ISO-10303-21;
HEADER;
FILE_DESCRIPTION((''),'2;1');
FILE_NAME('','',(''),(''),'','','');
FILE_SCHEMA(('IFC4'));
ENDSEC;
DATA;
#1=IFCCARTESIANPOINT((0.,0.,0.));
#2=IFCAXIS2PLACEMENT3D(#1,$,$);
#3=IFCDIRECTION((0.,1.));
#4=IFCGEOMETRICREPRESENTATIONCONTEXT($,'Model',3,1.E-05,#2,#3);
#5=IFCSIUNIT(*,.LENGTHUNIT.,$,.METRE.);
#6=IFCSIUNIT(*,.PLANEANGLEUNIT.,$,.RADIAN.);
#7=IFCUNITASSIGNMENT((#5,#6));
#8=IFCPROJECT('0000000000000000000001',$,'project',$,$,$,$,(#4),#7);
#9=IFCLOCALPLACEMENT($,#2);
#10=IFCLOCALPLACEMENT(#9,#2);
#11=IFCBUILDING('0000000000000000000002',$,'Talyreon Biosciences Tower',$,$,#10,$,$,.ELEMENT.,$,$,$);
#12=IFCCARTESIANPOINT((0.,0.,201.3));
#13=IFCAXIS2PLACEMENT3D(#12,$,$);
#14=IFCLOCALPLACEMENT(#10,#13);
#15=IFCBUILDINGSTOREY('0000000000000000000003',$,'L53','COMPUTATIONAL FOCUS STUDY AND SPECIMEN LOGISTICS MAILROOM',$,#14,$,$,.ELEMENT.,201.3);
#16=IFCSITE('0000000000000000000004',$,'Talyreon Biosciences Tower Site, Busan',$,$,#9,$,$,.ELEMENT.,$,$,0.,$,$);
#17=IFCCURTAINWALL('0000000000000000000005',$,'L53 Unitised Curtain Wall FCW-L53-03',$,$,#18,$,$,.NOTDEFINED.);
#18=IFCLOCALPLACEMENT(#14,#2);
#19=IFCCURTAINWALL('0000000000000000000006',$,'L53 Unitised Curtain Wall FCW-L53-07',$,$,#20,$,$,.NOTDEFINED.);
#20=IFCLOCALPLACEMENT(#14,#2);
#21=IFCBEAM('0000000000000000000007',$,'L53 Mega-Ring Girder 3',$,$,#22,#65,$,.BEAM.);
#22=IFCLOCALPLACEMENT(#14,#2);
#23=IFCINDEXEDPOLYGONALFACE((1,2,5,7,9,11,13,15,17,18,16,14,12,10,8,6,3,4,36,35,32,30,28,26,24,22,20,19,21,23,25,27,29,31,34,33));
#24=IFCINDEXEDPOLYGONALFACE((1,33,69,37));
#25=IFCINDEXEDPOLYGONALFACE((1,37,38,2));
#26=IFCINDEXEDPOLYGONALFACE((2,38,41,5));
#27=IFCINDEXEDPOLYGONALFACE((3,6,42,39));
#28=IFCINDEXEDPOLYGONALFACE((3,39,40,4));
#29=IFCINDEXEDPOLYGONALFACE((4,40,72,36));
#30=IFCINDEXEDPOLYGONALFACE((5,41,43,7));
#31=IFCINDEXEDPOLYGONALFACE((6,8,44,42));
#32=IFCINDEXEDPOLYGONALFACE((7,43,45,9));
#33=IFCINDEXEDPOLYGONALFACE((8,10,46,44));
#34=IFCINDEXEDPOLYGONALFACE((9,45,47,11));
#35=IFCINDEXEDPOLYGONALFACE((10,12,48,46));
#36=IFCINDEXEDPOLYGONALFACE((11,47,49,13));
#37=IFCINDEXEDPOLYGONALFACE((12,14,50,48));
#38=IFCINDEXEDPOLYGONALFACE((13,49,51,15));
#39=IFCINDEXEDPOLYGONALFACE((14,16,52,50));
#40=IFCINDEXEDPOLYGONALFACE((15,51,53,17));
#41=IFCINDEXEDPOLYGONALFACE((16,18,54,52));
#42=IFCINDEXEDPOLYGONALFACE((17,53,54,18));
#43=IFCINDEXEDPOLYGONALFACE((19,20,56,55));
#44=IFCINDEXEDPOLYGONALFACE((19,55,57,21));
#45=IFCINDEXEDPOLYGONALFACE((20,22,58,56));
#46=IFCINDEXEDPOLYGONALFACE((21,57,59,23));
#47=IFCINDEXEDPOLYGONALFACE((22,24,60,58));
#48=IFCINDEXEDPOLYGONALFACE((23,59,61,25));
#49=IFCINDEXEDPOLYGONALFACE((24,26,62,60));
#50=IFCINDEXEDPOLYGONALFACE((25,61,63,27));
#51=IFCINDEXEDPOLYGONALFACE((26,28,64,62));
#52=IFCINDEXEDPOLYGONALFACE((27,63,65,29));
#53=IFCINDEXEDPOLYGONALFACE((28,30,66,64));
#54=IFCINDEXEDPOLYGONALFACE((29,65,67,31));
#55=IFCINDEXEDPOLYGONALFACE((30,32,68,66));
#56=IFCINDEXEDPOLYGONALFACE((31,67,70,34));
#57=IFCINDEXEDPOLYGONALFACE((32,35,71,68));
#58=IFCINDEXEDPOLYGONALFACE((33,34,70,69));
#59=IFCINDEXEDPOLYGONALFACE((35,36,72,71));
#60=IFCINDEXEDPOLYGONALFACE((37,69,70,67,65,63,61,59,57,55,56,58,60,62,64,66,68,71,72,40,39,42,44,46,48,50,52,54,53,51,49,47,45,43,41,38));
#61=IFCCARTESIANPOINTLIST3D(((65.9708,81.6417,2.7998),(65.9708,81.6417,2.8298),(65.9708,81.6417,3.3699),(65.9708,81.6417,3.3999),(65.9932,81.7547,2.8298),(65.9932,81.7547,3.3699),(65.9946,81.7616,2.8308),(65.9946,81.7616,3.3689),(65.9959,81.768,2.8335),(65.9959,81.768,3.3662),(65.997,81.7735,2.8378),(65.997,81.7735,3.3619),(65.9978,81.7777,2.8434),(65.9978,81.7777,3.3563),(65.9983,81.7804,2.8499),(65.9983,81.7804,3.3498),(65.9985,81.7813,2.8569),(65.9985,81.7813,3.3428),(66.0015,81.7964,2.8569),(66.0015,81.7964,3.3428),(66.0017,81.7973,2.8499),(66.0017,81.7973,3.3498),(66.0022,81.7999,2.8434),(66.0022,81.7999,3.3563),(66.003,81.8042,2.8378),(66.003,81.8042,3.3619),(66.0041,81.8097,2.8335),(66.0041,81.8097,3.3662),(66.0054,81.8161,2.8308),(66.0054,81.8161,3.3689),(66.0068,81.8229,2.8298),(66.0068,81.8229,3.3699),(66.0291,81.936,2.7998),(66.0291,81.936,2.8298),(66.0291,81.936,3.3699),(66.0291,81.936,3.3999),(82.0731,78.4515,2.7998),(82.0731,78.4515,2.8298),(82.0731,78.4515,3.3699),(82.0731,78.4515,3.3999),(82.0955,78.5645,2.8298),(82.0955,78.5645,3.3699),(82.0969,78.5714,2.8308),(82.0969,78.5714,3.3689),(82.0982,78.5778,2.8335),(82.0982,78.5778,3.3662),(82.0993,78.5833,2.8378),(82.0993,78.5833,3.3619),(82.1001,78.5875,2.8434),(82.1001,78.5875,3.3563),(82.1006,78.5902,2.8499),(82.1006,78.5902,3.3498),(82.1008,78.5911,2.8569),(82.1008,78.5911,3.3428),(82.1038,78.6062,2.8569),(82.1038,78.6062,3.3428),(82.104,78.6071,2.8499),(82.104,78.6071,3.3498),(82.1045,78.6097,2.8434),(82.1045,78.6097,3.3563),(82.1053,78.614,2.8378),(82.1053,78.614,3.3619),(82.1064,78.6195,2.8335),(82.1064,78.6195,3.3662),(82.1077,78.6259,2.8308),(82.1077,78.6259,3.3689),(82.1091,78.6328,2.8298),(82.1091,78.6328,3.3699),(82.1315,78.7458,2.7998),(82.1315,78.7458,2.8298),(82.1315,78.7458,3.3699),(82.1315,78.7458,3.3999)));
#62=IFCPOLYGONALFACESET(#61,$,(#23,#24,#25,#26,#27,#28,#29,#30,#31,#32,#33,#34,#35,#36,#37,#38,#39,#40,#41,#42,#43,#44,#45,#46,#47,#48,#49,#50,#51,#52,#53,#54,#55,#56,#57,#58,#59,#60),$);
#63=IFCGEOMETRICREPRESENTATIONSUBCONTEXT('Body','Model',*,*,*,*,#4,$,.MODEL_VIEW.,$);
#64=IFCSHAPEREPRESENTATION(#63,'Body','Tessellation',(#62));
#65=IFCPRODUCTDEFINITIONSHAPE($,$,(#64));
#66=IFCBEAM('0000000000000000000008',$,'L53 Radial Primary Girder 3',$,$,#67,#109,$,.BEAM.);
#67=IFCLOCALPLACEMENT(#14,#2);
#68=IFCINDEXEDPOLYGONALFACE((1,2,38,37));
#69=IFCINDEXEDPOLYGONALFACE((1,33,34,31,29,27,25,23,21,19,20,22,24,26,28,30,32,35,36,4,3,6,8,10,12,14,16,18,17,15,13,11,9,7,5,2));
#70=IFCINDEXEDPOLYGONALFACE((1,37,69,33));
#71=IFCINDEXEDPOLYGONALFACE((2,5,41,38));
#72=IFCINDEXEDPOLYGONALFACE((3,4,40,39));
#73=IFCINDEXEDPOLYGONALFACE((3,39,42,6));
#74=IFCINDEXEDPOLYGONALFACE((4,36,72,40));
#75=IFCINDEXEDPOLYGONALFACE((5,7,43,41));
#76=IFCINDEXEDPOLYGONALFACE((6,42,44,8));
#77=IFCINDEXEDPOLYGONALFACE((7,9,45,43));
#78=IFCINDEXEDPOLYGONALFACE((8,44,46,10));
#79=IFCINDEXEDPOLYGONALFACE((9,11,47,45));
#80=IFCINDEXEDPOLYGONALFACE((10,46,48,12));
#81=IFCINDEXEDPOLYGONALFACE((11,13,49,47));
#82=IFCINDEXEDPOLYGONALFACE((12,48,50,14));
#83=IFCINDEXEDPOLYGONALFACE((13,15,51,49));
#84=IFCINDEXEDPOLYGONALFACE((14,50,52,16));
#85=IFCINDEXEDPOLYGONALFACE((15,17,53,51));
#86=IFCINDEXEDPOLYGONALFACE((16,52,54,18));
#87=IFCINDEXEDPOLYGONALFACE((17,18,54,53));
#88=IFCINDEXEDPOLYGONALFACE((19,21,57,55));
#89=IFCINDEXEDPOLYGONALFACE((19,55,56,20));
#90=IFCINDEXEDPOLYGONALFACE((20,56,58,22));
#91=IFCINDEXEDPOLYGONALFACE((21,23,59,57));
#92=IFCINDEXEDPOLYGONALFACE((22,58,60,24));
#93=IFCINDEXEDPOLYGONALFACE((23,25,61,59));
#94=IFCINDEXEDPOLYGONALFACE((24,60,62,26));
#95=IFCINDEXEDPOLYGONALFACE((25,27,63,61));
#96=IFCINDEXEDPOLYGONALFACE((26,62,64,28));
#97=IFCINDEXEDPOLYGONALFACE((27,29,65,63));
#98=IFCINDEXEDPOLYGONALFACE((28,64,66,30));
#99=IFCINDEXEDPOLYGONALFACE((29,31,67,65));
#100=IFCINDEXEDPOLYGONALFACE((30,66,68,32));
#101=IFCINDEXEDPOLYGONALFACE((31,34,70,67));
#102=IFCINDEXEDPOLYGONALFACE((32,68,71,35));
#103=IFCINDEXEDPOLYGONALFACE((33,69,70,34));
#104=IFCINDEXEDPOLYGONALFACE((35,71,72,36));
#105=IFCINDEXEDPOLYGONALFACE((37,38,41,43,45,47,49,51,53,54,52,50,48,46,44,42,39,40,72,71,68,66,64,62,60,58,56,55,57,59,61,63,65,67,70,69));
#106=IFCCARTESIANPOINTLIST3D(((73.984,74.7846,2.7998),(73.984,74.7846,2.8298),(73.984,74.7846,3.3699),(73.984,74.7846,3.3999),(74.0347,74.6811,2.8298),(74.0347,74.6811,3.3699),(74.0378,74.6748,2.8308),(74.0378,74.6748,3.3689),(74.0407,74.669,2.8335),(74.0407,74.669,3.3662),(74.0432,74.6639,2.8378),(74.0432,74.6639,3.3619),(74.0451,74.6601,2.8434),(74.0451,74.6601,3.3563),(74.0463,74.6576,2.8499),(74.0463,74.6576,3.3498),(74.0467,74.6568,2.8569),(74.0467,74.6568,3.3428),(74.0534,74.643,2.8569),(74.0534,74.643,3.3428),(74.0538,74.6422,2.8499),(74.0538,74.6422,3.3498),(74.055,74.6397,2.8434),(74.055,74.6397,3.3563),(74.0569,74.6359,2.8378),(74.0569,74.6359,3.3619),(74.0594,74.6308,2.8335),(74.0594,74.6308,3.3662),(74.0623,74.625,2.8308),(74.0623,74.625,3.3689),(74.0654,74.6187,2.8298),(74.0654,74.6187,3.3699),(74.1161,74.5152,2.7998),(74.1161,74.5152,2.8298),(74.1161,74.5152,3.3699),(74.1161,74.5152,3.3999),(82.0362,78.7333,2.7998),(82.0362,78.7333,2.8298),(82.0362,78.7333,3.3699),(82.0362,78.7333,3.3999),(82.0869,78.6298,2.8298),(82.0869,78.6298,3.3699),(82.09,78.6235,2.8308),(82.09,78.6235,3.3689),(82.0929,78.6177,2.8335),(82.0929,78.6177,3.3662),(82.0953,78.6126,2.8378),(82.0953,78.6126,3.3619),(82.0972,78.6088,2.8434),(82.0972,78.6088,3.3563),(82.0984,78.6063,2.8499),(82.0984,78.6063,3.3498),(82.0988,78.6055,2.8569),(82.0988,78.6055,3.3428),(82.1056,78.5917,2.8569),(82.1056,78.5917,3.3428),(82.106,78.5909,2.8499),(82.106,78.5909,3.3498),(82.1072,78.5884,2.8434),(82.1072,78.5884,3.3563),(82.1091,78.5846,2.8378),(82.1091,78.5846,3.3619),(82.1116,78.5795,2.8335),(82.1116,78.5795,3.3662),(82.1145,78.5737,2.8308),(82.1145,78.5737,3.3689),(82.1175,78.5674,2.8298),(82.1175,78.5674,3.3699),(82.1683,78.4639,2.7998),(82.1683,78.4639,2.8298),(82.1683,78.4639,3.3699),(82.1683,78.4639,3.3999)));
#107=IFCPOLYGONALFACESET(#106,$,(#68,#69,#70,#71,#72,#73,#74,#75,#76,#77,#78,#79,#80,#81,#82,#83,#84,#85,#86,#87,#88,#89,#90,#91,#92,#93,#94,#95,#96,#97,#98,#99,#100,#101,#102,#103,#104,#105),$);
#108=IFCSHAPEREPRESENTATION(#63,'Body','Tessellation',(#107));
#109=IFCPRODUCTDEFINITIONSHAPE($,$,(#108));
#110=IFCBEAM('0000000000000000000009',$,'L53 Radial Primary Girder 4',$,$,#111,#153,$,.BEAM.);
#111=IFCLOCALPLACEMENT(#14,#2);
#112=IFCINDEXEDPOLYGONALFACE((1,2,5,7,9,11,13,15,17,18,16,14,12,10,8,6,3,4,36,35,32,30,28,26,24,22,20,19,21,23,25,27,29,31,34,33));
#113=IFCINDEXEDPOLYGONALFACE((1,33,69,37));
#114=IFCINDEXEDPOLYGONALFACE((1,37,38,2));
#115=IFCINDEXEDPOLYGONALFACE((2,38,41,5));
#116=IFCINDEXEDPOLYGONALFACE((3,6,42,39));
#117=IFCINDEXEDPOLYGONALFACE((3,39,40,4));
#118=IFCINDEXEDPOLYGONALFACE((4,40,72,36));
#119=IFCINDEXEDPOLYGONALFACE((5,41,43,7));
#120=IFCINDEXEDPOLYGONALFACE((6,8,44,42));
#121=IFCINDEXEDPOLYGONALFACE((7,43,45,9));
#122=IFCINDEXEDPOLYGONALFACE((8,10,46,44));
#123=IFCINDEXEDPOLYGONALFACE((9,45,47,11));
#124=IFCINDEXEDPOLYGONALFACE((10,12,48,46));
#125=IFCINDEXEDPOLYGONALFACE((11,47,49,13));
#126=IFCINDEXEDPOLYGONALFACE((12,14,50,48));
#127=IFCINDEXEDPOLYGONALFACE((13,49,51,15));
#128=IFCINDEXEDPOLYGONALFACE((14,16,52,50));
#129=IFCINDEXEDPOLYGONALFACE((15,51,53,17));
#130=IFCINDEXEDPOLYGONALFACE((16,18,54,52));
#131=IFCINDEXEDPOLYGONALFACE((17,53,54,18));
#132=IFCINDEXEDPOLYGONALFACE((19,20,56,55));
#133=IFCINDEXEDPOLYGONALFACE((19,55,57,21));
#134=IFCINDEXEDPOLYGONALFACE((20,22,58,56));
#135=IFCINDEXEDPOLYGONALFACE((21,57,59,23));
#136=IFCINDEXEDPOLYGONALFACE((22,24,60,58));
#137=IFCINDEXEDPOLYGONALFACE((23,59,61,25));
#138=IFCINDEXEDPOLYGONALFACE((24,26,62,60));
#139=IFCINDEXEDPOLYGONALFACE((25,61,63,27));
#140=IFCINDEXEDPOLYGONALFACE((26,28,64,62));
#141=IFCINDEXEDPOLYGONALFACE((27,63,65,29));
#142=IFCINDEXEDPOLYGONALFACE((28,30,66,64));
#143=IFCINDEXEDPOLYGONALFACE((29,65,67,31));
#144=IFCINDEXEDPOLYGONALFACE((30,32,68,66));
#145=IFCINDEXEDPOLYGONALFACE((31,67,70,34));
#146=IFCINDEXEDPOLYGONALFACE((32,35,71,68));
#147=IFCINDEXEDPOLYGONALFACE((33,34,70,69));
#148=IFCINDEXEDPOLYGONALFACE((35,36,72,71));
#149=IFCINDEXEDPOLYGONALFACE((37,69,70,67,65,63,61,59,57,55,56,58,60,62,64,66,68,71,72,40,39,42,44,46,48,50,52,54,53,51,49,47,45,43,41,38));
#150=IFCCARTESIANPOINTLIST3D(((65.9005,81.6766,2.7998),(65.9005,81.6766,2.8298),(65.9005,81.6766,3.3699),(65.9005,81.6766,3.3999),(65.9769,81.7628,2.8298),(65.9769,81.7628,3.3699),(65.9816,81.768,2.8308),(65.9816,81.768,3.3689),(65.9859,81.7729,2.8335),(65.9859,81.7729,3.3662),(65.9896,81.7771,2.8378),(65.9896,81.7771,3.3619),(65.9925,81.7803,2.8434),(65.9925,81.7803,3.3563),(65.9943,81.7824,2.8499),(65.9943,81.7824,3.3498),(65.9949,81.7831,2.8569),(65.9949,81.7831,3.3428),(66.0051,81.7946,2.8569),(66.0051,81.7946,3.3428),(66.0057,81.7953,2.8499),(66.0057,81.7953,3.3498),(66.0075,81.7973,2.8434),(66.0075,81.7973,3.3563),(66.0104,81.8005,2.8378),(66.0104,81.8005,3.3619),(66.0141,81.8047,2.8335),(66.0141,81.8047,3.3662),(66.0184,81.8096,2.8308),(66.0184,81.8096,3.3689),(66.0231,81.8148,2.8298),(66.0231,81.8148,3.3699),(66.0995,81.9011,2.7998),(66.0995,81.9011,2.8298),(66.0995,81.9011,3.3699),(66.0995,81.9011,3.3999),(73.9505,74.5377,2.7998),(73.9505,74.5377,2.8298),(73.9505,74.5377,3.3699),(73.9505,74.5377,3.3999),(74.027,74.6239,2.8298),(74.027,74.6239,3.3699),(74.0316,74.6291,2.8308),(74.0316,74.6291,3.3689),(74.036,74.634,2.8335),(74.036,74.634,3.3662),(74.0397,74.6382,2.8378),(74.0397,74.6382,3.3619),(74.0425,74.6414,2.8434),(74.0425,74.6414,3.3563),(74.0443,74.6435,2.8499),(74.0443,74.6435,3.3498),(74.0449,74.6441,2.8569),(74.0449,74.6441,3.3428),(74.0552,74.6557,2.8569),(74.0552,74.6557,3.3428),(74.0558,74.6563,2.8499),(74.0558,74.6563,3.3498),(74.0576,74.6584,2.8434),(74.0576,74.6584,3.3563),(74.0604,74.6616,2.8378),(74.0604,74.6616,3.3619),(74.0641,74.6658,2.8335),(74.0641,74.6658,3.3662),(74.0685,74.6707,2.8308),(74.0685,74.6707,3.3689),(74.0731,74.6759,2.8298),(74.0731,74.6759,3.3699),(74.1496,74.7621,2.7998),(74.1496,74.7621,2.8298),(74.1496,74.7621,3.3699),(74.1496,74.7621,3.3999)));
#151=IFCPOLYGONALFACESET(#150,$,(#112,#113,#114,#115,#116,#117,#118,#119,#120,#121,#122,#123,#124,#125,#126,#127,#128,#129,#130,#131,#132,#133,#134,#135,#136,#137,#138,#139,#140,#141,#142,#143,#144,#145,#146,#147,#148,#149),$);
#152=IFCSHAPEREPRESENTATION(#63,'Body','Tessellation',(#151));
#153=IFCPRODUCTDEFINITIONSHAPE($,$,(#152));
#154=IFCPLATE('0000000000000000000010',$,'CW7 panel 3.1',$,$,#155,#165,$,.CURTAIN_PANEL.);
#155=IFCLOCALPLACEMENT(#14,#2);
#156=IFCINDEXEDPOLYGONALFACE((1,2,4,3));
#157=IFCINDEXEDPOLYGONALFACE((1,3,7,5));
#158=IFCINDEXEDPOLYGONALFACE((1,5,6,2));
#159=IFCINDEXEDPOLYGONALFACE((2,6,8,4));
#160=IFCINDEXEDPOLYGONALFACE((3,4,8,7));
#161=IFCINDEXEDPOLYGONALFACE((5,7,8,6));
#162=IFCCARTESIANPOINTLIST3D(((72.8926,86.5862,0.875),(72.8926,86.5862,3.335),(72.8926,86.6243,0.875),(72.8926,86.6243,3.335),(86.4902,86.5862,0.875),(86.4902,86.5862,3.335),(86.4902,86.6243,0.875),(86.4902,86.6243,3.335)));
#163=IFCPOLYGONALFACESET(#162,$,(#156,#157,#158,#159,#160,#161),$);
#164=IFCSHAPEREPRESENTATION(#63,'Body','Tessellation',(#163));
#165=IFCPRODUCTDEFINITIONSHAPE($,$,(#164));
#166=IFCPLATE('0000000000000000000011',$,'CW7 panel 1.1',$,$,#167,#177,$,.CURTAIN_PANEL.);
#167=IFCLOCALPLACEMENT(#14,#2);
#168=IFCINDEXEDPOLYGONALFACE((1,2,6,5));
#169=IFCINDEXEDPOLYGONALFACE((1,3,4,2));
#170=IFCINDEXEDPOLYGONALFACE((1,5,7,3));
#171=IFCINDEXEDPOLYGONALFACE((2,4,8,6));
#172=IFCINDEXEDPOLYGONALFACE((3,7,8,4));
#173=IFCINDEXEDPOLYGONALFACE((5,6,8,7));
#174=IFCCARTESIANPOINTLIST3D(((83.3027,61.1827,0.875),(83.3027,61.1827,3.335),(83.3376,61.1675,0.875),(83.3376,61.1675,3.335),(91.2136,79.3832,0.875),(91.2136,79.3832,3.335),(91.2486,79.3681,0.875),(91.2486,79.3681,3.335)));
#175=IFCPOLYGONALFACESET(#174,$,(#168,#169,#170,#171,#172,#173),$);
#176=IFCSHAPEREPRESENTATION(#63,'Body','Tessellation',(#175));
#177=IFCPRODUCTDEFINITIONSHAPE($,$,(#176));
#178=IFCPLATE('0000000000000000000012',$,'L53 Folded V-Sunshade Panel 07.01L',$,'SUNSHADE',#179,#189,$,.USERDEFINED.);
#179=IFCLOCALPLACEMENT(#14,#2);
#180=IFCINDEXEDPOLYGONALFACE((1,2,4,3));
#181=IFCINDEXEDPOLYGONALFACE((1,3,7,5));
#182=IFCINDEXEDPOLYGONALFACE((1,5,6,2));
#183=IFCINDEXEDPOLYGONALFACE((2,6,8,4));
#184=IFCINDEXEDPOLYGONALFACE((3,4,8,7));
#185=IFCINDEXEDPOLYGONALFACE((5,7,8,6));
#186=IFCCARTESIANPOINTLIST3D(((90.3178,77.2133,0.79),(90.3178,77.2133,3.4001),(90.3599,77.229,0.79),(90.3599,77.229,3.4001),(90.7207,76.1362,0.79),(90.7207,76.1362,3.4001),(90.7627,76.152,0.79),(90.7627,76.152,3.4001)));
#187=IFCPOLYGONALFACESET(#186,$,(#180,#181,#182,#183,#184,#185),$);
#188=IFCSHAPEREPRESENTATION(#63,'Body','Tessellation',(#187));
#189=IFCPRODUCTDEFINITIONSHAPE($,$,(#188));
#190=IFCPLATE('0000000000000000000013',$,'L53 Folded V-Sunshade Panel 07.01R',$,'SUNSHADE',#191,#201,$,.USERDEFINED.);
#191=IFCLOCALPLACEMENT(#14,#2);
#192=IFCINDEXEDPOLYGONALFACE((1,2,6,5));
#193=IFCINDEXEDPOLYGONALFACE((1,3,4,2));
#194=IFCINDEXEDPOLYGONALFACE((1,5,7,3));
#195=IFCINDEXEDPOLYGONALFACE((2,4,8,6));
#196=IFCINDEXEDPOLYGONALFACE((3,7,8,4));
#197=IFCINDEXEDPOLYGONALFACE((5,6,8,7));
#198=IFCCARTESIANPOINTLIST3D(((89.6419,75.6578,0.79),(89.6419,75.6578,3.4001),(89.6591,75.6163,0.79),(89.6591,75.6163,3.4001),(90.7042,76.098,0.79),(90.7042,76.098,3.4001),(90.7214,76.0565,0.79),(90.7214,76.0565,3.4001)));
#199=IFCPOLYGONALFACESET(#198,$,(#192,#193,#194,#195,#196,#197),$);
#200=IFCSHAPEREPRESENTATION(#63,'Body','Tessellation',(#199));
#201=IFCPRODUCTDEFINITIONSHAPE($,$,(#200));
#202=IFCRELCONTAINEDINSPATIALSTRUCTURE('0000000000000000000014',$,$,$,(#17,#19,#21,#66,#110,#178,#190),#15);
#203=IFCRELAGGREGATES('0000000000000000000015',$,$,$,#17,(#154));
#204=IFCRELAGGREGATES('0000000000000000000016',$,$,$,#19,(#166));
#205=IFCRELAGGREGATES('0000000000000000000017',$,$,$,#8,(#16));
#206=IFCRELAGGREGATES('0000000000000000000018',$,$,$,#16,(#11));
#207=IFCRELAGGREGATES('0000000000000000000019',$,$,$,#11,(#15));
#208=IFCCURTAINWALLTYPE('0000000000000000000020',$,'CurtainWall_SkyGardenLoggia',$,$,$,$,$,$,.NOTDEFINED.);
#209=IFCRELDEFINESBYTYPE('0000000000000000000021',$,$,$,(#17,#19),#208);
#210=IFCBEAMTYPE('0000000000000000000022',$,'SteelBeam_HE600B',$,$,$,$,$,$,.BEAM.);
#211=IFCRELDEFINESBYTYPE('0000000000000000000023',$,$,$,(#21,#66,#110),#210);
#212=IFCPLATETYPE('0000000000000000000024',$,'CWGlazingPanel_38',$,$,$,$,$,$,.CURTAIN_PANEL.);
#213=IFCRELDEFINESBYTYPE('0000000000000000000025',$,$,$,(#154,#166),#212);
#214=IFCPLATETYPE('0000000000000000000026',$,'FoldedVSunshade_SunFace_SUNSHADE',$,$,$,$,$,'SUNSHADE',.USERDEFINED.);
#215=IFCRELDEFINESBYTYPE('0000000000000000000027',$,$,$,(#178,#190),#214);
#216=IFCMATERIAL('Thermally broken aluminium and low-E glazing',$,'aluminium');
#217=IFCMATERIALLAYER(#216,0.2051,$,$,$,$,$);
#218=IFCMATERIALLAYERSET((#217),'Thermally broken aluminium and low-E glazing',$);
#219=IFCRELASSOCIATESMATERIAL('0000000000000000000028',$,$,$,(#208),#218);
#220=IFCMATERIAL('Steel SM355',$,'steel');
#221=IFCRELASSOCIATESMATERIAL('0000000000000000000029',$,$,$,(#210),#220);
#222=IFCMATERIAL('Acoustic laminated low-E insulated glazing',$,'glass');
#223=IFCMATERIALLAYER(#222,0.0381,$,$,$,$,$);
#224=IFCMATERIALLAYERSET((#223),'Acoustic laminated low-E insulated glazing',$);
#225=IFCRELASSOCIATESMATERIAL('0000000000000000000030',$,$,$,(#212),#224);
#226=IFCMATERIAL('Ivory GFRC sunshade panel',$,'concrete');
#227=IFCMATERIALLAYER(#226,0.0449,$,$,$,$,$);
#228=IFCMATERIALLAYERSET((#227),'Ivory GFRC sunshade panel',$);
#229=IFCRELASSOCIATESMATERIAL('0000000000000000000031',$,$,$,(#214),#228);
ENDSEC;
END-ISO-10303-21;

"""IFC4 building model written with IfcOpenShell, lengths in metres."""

from ifc_helpers import new_model, si_unit, direction, frame, origin, origin_2d, place, context, subcontext, project, spatial, rectangle, i_section, extrude, material, layer, layer_set, material_profile, profile_set, type_object, element, aggregate, save


model = new_model("IFC4")

# Units and contexts
model_context = context("Model", 3, precision=1e-05, world=origin(), true_north=direction((0.0, 1.0)))
body_context = subcontext(model_context, "Body", "Model", "MODEL_VIEW")
ifc_project = project(units=[si_unit("LENGTHUNIT", "METRE"), si_unit("PLANEANGLEUNIT", "RADIAN")], contexts=[model_context])

# Site, building, storey
site_placement = place(None, origin())
site = spatial("IfcSite", under=ifc_project, at=site_placement, Name="Talyreon Biosciences Tower Site, Busan", CompositionType="ELEMENT", RefElevation=0.0)
building_placement = place(site_placement, origin())
building = spatial("IfcBuilding", under=site, at=building_placement, Name="Talyreon Biosciences Tower", CompositionType="ELEMENT")
storey_placement = place(building_placement, frame((0.0, 0.0, 201.3)))
storey = spatial("IfcBuildingStorey", under=building, at=storey_placement, Name="L53", Description="COMPUTATIONAL FOCUS STUDY AND SPECIMEN LOGISTICS MAILROOM", CompositionType="ELEMENT", Elevation=201.3)

# Curtain wall
ifc_material_1 = material(Name="Thermally broken aluminium and low-E glazing", Category="aluminium")
ifc_layer_1 = layer(ifc_material_1, 0.2051)
ifc_layer_set_1 = layer_set([ifc_layer_1], Name="Thermally broken aluminium and low-E glazing")
curtain_wall_type = type_object("IfcCurtainWallType", Name="CurtainWall_SkyGardenLoggia", PredefinedType="NOTDEFINED", material=ifc_layer_set_1)
curtain_wall_1_placement = place(storey_placement, origin())
curtain_wall_1 = element("IfcCurtainWall", 1, at=curtain_wall_1_placement, inside=storey, type_object=curtain_wall_type, Name="L53 Unitised Curtain Wall FCW-L53-03", PredefinedType="NOTDEFINED")

# Curtain wall
curtain_wall_2_placement = place(storey_placement, origin())
curtain_wall_2 = element("IfcCurtainWall", 2, at=curtain_wall_2_placement, inside=storey, type_object=curtain_wall_type, Name="L53 Unitised Curtain Wall FCW-L53-07", PredefinedType="NOTDEFINED")

# Beams
ifc_material_2 = material(Name="Steel SM355", Category="steel")
ifc_material_profile_1 = material_profile(ifc_material_2, i_section(OverallWidth=0.3, OverallDepth=0.6001, WebThickness=0.0154, FlangeThickness=0.03, FilletRadius=0.0271, at=origin_2d()), Name="HE600B")
ifc_profile_set_1 = profile_set([ifc_material_profile_1], Name="Steel SM355")
beam_type_1 = type_object("IfcBeamType", Name="SteelBeam_HE600B", PredefinedType="BEAM", material=ifc_profile_set_1)
beam_1_placement = place(storey_placement, frame((82.1023, 78.5986, 3.0999), z_axis=(-0.980934, 0.194343, 0.0), x_axis=(-0.194343, -0.980934, 0.0)))
element("IfcBeam", 3, at=beam_1_placement, inside=storey, type_object=beam_type_1, Name="L53 Mega-Ring Girder 3", PredefinedType="BEAM", context=body_context, shape_type="SweptSolid", body=[
    extrude(i_section(OverallWidth=0.3, OverallDepth=0.6001, WebThickness=0.0154, FlangeThickness=0.03, FilletRadius=0.0271, at=origin_2d()), origin(), (0.0, 0.0, 1.0), 16.4153),
])
beam_2_placement = place(storey_placement, frame((74.05, 74.6499, 3.0999), z_axis=(0.897852, 0.440297, 0.0), x_axis=(-0.440297, 0.897852, 0.0)))
element("IfcBeam", 4, at=beam_2_placement, inside=storey, type_object=beam_type_1, Name="L53 Radial Primary Girder 3", PredefinedType="BEAM", context=body_context, shape_type="SweptSolid", body=[
    extrude(i_section(OverallWidth=0.3, OverallDepth=0.6001, WebThickness=0.0154, FlangeThickness=0.03, FilletRadius=0.0271, at=origin_2d()), origin(), (0.0, 0.0, 1.0), 8.9683),
])
beam_3_placement = place(storey_placement, frame((74.05, 74.6499, 3.0999), z_axis=(-0.748179, 0.663497, 0.0), x_axis=(-0.663497, -0.748179, 0.0)))
element("IfcBeam", 5, at=beam_3_placement, inside=storey, type_object=beam_type_1, Name="L53 Radial Primary Girder 4", PredefinedType="BEAM", context=body_context, shape_type="SweptSolid", body=[
    extrude(i_section(OverallWidth=0.3, OverallDepth=0.6001, WebThickness=0.0154, FlangeThickness=0.03, FilletRadius=0.0271, at=origin_2d()), origin(), (0.0, 0.0, 1.0), 10.7595),
])

# Plates
ifc_material_3 = material(Name="Acoustic laminated low-E insulated glazing", Category="glass")
ifc_layer_2 = layer(ifc_material_3, 0.0381)
ifc_layer_set_2 = layer_set([ifc_layer_2], Name="Acoustic laminated low-E insulated glazing")
plate_type_1 = type_object("IfcPlateType", Name="CWGlazingPanel_38", PredefinedType="CURTAIN_PANEL", material=ifc_layer_set_2)
plate_1_placement = place(storey_placement, frame((79.6914, 86.6052, 0.875), z_axis=(0.0, 0.0, 1.0), x_axis=(1.0, 0.0, 0.0)))
plate_1 = element("IfcPlate", 6, at=plate_1_placement, type_object=plate_type_1, Name="CW7 panel 3.1", PredefinedType="CURTAIN_PANEL", context=body_context, shape_type="SweptSolid", body=[
    extrude(rectangle(XDim=13.5977, YDim=0.0381, at=origin_2d()), origin(), (0.0, 0.0, 1.0), 2.46),
])
aggregate(curtain_wall_1, [plate_1])
plate_2_placement = place(storey_placement, frame((87.2756, 70.2754, 0.875), z_axis=(0.0, 0.0, 1.0), x_axis=(-0.398628, -0.917113, 0.0)))
plate_2 = element("IfcPlate", 7, at=plate_2_placement, type_object=plate_type_1, Name="CW7 panel 1.1", PredefinedType="CURTAIN_PANEL", context=body_context, shape_type="SweptSolid", body=[
    extrude(rectangle(XDim=19.8455, YDim=0.0381, at=origin_2d()), origin(), (0.0, 0.0, 1.0), 2.46),
])
aggregate(curtain_wall_2, [plate_2])

# Plates
ifc_material_4 = material(Name="Ivory GFRC sunshade panel", Category="concrete")
ifc_layer_3 = layer(ifc_material_4, 0.0449)
ifc_layer_set_3 = layer_set([ifc_layer_3], Name="Ivory GFRC sunshade panel")
plate_type_2 = type_object("IfcPlateType", Name="FoldedVSunshade_SunFace_SUNSHADE", ElementType="SUNSHADE", PredefinedType="USERDEFINED", material=ifc_layer_set_3)
for number, where, z_axis, x_axis, name in (
    (8, (90.5403, 76.6826, 0.79), (0.0, 0.0, 1.0), (0.350338, -0.936623, 0.0), "L53 Folded V-Sunshade Panel 07.01L"),
    (9, (90.1816, 75.8572, 0.79), (0.0, 0.0, 1.0), (-0.923826, -0.382812, 0.0), "L53 Folded V-Sunshade Panel 07.01R"),
):
    element("IfcPlate", number, at=place(storey_placement, frame(where, z_axis=z_axis, x_axis=x_axis)), inside=storey, type_object=plate_type_2, Name=name, ObjectType="SUNSHADE", PredefinedType="USERDEFINED", context=body_context, shape_type="SweptSolid", body=[
        extrude(rectangle(XDim=1.1499, YDim=0.0449, at=origin_2d()), origin(), (0.0, 0.0, 1.0), 2.6101),
    ])

save(model, "model.ifc")
